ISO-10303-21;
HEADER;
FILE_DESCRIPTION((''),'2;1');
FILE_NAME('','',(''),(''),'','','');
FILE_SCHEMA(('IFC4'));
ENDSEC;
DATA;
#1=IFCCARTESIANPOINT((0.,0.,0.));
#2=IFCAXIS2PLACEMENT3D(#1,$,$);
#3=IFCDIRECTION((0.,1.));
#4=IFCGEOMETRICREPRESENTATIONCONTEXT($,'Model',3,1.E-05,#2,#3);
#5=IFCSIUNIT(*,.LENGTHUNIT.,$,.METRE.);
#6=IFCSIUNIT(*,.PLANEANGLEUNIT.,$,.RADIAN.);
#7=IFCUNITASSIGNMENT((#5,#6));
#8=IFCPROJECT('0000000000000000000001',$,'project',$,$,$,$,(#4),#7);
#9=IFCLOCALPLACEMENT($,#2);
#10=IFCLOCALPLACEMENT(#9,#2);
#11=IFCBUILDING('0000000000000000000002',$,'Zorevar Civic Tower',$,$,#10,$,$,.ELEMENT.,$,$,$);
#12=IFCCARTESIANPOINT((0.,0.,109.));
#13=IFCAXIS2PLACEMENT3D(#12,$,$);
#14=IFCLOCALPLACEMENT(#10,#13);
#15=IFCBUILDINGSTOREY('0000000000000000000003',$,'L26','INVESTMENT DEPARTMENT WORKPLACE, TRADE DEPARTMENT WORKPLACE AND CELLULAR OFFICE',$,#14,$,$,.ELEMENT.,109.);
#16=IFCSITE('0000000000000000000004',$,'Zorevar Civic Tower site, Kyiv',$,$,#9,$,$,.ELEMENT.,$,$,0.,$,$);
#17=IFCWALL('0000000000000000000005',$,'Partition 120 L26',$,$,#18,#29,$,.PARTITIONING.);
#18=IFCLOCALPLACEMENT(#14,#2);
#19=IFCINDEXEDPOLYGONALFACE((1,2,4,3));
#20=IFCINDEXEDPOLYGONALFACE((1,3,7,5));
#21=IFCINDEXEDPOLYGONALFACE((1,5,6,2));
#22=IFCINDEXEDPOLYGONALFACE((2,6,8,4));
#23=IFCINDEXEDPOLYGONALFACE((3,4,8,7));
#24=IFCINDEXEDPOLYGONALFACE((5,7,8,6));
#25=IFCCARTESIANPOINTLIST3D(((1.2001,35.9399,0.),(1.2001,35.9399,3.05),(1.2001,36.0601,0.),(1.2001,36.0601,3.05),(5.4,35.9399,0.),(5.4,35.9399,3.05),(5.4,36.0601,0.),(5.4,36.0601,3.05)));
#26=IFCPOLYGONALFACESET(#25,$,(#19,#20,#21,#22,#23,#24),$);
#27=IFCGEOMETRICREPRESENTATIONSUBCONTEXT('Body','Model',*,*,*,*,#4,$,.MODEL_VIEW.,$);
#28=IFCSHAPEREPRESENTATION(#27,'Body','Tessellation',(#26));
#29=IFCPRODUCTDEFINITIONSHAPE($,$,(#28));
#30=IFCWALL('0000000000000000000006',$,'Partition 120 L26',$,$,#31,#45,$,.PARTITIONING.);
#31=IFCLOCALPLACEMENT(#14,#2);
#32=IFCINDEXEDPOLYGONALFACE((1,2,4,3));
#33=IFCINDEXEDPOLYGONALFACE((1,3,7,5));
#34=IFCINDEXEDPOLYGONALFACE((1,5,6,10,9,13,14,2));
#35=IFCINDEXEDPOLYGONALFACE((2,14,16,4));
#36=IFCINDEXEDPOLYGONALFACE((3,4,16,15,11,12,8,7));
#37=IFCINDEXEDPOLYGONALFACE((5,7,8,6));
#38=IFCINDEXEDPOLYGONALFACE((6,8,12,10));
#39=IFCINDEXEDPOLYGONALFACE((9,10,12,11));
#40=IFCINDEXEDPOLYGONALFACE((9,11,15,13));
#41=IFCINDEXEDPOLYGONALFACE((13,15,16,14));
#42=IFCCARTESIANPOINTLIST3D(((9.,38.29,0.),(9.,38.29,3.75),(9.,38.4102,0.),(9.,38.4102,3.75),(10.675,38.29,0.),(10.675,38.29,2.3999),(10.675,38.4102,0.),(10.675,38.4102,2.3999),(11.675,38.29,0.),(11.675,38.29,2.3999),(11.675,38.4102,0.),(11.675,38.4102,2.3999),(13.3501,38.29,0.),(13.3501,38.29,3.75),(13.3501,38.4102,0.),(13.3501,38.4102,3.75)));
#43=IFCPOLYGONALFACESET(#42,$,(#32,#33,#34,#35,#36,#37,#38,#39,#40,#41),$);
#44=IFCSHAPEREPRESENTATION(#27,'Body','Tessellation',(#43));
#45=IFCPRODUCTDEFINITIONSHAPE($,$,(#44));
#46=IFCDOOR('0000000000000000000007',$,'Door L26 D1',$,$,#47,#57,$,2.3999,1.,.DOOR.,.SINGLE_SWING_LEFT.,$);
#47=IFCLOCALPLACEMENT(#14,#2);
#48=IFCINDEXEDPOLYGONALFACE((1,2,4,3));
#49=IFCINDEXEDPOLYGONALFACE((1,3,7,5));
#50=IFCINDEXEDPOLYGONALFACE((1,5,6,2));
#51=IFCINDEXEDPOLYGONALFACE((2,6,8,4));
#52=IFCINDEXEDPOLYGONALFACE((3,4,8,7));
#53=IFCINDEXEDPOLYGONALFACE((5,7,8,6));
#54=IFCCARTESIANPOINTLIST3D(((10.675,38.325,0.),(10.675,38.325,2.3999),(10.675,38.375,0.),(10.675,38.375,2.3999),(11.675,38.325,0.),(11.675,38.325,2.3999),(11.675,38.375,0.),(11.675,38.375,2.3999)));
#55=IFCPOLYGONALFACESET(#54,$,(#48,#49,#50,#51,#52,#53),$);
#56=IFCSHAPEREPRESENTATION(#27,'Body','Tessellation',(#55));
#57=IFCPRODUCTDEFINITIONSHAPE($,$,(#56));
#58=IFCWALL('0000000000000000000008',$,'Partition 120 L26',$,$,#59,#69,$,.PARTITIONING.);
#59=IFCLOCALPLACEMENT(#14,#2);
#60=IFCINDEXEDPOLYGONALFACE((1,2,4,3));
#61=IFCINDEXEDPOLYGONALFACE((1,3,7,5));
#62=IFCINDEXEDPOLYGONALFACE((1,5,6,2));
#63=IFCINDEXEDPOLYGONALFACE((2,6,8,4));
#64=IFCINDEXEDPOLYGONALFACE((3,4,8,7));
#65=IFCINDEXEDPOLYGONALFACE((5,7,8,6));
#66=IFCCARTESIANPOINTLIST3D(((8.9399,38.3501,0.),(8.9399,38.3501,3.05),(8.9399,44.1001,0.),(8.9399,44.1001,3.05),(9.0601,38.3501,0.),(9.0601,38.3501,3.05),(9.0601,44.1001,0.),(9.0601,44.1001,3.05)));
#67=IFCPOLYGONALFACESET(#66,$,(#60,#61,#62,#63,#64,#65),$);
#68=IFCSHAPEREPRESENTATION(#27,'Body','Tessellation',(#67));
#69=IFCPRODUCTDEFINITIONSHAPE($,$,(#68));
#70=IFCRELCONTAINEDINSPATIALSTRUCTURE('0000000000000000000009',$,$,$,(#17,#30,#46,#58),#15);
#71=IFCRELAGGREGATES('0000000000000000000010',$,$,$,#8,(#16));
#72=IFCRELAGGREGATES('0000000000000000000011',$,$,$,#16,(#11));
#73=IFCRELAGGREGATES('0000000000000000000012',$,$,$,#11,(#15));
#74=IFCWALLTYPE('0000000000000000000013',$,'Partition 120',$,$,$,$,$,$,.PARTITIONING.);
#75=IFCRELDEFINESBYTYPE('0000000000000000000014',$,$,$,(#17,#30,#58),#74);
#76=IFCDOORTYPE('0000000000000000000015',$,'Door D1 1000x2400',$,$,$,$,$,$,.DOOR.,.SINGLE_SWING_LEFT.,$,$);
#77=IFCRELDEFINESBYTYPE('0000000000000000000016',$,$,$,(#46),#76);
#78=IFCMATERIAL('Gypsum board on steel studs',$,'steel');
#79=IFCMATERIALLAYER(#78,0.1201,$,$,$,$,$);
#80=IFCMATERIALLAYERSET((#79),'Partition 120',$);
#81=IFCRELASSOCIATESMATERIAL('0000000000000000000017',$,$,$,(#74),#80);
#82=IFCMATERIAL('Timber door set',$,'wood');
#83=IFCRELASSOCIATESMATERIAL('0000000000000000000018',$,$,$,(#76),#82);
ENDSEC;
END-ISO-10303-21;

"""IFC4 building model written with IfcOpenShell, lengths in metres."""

from ifc_helpers import new_model, si_unit, direction, frame, frame_2d, origin, place, context, subcontext, project, spatial, rectangle, extrude, material, layer, layer_set, type_object, element, fill, save


model = new_model("IFC4")

# Units and contexts
model_context = context("Model", 3, precision=1e-05, world=origin(), true_north=direction((0.0, 1.0)))
body_context = subcontext(model_context, "Body", "Model", "MODEL_VIEW")
ifc_project = project(units=[si_unit("LENGTHUNIT", "METRE"), si_unit("PLANEANGLEUNIT", "RADIAN")], contexts=[model_context])

# Site, building, storey
site_placement = place(None, origin())
site = spatial("IfcSite", under=ifc_project, at=site_placement, Name="Zorevar Civic Tower site, Kyiv", CompositionType="ELEMENT", RefElevation=0.0)
building_placement = place(site_placement, origin())
building = spatial("IfcBuilding", under=site, at=building_placement, Name="Zorevar Civic Tower", CompositionType="ELEMENT")
storey_placement = place(building_placement, frame((0.0, 0.0, 109.0)))
storey = spatial("IfcBuildingStorey", under=building, at=storey_placement, Name="L26", Description="INVESTMENT DEPARTMENT WORKPLACE, TRADE DEPARTMENT WORKPLACE AND CELLULAR OFFICE", CompositionType="ELEMENT", Elevation=109.0)

# Wall
ifc_material_1 = material(Name="Gypsum board on steel studs", Category="steel")
ifc_layer_1 = layer(ifc_material_1, 0.1201)
ifc_layer_set_1 = layer_set([ifc_layer_1], Name="Partition 120")
wall_type_1 = type_object("IfcWallType", Name="Partition 120", PredefinedType="PARTITIONING", material=ifc_layer_set_1)
wall_1_placement = place(storey_placement, frame((1.2, 36.0, 0.0), z_axis=(0.0, 0.0, 1.0), x_axis=(1.0, 0.0, 0.0)))
element("IfcWall", 1, at=wall_1_placement, inside=storey, type_object=wall_type_1, Name="Partition 120 L26", PredefinedType="PARTITIONING", context=body_context, shape_type="SweptSolid", body=[
    extrude(rectangle(XDim=4.2, YDim=0.1201, at=frame_2d((2.1001, 0.0))), origin(), (0.0, 0.0, 1.0), 3.05),
])

# Wall, opening, door
wall_2_placement = place(storey_placement, frame((9.0, 38.3501, 0.0), z_axis=(0.0, 0.0, 1.0), x_axis=(1.0, 0.0, 0.0)))
wall_2 = element("IfcWall", 2, at=wall_2_placement, inside=storey, type_object=wall_type_1, Name="Partition 120 L26", PredefinedType="PARTITIONING", context=body_context, shape_type="SweptSolid", body=[
    extrude(rectangle(XDim=4.3501, YDim=0.1201, at=frame_2d((2.175, 0.0))), origin(), (0.0, 0.0, 1.0), 3.75),
])
opening_1_placement = place(wall_2_placement, frame((1.675, 0.0, 0.0)))
opening_1 = element("IfcOpeningElement", 3, at=opening_1_placement, cuts=wall_2, PredefinedType="OPENING", context=body_context, shape_type="SweptSolid", body=[
    extrude(rectangle(XDim=1.0, YDim=2.3999, at=frame_2d((0.5, 1.2))), frame((0.0, 0.0701, 0.0), z_axis=(0.0, -1.0, 0.0), x_axis=(1.0, 0.0, 0.0)), (0.0, 0.0, 1.0), 0.1401),
])
ifc_material_2 = material(Name="Timber door set", Category="wood")
door_type_1 = type_object("IfcDoorType", Name="Door D1 1000x2400", OperationType="SINGLE_SWING_LEFT", PredefinedType="DOOR", material=ifc_material_2)
door_1_placement = place(opening_1_placement, origin())
door_1 = element("IfcDoor", 4, at=door_1_placement, inside=storey, type_object=door_type_1, Name="Door L26 D1", OperationType="SINGLE_SWING_LEFT", OverallHeight=2.3999, OverallWidth=1.0, PredefinedType="DOOR", context=body_context, shape_type="SweptSolid", body=[
    extrude(rectangle(XDim=1.0, YDim=2.3999, at=frame_2d((0.5, 1.2))), frame((0.0, 0.0249, 0.0), z_axis=(0.0, -1.0, 0.0), x_axis=(1.0, 0.0, 0.0)), (0.0, 0.0, 1.0), 0.05),
])
fill(opening_1, door_1)

# Wall
wall_3_placement = place(storey_placement, frame((9.0, 38.3501, 0.0), z_axis=(0.0, 0.0, 1.0), x_axis=(0.0, 1.0, 0.0)))
element("IfcWall", 5, at=wall_3_placement, inside=storey, type_object=wall_type_1, Name="Partition 120 L26", PredefinedType="PARTITIONING", context=body_context, shape_type="SweptSolid", body=[
    extrude(rectangle(XDim=5.75, YDim=0.1201, at=frame_2d((2.875, 0.0))), origin(), (0.0, 0.0, 1.0), 3.05),
])

save(model, "model.ifc")
